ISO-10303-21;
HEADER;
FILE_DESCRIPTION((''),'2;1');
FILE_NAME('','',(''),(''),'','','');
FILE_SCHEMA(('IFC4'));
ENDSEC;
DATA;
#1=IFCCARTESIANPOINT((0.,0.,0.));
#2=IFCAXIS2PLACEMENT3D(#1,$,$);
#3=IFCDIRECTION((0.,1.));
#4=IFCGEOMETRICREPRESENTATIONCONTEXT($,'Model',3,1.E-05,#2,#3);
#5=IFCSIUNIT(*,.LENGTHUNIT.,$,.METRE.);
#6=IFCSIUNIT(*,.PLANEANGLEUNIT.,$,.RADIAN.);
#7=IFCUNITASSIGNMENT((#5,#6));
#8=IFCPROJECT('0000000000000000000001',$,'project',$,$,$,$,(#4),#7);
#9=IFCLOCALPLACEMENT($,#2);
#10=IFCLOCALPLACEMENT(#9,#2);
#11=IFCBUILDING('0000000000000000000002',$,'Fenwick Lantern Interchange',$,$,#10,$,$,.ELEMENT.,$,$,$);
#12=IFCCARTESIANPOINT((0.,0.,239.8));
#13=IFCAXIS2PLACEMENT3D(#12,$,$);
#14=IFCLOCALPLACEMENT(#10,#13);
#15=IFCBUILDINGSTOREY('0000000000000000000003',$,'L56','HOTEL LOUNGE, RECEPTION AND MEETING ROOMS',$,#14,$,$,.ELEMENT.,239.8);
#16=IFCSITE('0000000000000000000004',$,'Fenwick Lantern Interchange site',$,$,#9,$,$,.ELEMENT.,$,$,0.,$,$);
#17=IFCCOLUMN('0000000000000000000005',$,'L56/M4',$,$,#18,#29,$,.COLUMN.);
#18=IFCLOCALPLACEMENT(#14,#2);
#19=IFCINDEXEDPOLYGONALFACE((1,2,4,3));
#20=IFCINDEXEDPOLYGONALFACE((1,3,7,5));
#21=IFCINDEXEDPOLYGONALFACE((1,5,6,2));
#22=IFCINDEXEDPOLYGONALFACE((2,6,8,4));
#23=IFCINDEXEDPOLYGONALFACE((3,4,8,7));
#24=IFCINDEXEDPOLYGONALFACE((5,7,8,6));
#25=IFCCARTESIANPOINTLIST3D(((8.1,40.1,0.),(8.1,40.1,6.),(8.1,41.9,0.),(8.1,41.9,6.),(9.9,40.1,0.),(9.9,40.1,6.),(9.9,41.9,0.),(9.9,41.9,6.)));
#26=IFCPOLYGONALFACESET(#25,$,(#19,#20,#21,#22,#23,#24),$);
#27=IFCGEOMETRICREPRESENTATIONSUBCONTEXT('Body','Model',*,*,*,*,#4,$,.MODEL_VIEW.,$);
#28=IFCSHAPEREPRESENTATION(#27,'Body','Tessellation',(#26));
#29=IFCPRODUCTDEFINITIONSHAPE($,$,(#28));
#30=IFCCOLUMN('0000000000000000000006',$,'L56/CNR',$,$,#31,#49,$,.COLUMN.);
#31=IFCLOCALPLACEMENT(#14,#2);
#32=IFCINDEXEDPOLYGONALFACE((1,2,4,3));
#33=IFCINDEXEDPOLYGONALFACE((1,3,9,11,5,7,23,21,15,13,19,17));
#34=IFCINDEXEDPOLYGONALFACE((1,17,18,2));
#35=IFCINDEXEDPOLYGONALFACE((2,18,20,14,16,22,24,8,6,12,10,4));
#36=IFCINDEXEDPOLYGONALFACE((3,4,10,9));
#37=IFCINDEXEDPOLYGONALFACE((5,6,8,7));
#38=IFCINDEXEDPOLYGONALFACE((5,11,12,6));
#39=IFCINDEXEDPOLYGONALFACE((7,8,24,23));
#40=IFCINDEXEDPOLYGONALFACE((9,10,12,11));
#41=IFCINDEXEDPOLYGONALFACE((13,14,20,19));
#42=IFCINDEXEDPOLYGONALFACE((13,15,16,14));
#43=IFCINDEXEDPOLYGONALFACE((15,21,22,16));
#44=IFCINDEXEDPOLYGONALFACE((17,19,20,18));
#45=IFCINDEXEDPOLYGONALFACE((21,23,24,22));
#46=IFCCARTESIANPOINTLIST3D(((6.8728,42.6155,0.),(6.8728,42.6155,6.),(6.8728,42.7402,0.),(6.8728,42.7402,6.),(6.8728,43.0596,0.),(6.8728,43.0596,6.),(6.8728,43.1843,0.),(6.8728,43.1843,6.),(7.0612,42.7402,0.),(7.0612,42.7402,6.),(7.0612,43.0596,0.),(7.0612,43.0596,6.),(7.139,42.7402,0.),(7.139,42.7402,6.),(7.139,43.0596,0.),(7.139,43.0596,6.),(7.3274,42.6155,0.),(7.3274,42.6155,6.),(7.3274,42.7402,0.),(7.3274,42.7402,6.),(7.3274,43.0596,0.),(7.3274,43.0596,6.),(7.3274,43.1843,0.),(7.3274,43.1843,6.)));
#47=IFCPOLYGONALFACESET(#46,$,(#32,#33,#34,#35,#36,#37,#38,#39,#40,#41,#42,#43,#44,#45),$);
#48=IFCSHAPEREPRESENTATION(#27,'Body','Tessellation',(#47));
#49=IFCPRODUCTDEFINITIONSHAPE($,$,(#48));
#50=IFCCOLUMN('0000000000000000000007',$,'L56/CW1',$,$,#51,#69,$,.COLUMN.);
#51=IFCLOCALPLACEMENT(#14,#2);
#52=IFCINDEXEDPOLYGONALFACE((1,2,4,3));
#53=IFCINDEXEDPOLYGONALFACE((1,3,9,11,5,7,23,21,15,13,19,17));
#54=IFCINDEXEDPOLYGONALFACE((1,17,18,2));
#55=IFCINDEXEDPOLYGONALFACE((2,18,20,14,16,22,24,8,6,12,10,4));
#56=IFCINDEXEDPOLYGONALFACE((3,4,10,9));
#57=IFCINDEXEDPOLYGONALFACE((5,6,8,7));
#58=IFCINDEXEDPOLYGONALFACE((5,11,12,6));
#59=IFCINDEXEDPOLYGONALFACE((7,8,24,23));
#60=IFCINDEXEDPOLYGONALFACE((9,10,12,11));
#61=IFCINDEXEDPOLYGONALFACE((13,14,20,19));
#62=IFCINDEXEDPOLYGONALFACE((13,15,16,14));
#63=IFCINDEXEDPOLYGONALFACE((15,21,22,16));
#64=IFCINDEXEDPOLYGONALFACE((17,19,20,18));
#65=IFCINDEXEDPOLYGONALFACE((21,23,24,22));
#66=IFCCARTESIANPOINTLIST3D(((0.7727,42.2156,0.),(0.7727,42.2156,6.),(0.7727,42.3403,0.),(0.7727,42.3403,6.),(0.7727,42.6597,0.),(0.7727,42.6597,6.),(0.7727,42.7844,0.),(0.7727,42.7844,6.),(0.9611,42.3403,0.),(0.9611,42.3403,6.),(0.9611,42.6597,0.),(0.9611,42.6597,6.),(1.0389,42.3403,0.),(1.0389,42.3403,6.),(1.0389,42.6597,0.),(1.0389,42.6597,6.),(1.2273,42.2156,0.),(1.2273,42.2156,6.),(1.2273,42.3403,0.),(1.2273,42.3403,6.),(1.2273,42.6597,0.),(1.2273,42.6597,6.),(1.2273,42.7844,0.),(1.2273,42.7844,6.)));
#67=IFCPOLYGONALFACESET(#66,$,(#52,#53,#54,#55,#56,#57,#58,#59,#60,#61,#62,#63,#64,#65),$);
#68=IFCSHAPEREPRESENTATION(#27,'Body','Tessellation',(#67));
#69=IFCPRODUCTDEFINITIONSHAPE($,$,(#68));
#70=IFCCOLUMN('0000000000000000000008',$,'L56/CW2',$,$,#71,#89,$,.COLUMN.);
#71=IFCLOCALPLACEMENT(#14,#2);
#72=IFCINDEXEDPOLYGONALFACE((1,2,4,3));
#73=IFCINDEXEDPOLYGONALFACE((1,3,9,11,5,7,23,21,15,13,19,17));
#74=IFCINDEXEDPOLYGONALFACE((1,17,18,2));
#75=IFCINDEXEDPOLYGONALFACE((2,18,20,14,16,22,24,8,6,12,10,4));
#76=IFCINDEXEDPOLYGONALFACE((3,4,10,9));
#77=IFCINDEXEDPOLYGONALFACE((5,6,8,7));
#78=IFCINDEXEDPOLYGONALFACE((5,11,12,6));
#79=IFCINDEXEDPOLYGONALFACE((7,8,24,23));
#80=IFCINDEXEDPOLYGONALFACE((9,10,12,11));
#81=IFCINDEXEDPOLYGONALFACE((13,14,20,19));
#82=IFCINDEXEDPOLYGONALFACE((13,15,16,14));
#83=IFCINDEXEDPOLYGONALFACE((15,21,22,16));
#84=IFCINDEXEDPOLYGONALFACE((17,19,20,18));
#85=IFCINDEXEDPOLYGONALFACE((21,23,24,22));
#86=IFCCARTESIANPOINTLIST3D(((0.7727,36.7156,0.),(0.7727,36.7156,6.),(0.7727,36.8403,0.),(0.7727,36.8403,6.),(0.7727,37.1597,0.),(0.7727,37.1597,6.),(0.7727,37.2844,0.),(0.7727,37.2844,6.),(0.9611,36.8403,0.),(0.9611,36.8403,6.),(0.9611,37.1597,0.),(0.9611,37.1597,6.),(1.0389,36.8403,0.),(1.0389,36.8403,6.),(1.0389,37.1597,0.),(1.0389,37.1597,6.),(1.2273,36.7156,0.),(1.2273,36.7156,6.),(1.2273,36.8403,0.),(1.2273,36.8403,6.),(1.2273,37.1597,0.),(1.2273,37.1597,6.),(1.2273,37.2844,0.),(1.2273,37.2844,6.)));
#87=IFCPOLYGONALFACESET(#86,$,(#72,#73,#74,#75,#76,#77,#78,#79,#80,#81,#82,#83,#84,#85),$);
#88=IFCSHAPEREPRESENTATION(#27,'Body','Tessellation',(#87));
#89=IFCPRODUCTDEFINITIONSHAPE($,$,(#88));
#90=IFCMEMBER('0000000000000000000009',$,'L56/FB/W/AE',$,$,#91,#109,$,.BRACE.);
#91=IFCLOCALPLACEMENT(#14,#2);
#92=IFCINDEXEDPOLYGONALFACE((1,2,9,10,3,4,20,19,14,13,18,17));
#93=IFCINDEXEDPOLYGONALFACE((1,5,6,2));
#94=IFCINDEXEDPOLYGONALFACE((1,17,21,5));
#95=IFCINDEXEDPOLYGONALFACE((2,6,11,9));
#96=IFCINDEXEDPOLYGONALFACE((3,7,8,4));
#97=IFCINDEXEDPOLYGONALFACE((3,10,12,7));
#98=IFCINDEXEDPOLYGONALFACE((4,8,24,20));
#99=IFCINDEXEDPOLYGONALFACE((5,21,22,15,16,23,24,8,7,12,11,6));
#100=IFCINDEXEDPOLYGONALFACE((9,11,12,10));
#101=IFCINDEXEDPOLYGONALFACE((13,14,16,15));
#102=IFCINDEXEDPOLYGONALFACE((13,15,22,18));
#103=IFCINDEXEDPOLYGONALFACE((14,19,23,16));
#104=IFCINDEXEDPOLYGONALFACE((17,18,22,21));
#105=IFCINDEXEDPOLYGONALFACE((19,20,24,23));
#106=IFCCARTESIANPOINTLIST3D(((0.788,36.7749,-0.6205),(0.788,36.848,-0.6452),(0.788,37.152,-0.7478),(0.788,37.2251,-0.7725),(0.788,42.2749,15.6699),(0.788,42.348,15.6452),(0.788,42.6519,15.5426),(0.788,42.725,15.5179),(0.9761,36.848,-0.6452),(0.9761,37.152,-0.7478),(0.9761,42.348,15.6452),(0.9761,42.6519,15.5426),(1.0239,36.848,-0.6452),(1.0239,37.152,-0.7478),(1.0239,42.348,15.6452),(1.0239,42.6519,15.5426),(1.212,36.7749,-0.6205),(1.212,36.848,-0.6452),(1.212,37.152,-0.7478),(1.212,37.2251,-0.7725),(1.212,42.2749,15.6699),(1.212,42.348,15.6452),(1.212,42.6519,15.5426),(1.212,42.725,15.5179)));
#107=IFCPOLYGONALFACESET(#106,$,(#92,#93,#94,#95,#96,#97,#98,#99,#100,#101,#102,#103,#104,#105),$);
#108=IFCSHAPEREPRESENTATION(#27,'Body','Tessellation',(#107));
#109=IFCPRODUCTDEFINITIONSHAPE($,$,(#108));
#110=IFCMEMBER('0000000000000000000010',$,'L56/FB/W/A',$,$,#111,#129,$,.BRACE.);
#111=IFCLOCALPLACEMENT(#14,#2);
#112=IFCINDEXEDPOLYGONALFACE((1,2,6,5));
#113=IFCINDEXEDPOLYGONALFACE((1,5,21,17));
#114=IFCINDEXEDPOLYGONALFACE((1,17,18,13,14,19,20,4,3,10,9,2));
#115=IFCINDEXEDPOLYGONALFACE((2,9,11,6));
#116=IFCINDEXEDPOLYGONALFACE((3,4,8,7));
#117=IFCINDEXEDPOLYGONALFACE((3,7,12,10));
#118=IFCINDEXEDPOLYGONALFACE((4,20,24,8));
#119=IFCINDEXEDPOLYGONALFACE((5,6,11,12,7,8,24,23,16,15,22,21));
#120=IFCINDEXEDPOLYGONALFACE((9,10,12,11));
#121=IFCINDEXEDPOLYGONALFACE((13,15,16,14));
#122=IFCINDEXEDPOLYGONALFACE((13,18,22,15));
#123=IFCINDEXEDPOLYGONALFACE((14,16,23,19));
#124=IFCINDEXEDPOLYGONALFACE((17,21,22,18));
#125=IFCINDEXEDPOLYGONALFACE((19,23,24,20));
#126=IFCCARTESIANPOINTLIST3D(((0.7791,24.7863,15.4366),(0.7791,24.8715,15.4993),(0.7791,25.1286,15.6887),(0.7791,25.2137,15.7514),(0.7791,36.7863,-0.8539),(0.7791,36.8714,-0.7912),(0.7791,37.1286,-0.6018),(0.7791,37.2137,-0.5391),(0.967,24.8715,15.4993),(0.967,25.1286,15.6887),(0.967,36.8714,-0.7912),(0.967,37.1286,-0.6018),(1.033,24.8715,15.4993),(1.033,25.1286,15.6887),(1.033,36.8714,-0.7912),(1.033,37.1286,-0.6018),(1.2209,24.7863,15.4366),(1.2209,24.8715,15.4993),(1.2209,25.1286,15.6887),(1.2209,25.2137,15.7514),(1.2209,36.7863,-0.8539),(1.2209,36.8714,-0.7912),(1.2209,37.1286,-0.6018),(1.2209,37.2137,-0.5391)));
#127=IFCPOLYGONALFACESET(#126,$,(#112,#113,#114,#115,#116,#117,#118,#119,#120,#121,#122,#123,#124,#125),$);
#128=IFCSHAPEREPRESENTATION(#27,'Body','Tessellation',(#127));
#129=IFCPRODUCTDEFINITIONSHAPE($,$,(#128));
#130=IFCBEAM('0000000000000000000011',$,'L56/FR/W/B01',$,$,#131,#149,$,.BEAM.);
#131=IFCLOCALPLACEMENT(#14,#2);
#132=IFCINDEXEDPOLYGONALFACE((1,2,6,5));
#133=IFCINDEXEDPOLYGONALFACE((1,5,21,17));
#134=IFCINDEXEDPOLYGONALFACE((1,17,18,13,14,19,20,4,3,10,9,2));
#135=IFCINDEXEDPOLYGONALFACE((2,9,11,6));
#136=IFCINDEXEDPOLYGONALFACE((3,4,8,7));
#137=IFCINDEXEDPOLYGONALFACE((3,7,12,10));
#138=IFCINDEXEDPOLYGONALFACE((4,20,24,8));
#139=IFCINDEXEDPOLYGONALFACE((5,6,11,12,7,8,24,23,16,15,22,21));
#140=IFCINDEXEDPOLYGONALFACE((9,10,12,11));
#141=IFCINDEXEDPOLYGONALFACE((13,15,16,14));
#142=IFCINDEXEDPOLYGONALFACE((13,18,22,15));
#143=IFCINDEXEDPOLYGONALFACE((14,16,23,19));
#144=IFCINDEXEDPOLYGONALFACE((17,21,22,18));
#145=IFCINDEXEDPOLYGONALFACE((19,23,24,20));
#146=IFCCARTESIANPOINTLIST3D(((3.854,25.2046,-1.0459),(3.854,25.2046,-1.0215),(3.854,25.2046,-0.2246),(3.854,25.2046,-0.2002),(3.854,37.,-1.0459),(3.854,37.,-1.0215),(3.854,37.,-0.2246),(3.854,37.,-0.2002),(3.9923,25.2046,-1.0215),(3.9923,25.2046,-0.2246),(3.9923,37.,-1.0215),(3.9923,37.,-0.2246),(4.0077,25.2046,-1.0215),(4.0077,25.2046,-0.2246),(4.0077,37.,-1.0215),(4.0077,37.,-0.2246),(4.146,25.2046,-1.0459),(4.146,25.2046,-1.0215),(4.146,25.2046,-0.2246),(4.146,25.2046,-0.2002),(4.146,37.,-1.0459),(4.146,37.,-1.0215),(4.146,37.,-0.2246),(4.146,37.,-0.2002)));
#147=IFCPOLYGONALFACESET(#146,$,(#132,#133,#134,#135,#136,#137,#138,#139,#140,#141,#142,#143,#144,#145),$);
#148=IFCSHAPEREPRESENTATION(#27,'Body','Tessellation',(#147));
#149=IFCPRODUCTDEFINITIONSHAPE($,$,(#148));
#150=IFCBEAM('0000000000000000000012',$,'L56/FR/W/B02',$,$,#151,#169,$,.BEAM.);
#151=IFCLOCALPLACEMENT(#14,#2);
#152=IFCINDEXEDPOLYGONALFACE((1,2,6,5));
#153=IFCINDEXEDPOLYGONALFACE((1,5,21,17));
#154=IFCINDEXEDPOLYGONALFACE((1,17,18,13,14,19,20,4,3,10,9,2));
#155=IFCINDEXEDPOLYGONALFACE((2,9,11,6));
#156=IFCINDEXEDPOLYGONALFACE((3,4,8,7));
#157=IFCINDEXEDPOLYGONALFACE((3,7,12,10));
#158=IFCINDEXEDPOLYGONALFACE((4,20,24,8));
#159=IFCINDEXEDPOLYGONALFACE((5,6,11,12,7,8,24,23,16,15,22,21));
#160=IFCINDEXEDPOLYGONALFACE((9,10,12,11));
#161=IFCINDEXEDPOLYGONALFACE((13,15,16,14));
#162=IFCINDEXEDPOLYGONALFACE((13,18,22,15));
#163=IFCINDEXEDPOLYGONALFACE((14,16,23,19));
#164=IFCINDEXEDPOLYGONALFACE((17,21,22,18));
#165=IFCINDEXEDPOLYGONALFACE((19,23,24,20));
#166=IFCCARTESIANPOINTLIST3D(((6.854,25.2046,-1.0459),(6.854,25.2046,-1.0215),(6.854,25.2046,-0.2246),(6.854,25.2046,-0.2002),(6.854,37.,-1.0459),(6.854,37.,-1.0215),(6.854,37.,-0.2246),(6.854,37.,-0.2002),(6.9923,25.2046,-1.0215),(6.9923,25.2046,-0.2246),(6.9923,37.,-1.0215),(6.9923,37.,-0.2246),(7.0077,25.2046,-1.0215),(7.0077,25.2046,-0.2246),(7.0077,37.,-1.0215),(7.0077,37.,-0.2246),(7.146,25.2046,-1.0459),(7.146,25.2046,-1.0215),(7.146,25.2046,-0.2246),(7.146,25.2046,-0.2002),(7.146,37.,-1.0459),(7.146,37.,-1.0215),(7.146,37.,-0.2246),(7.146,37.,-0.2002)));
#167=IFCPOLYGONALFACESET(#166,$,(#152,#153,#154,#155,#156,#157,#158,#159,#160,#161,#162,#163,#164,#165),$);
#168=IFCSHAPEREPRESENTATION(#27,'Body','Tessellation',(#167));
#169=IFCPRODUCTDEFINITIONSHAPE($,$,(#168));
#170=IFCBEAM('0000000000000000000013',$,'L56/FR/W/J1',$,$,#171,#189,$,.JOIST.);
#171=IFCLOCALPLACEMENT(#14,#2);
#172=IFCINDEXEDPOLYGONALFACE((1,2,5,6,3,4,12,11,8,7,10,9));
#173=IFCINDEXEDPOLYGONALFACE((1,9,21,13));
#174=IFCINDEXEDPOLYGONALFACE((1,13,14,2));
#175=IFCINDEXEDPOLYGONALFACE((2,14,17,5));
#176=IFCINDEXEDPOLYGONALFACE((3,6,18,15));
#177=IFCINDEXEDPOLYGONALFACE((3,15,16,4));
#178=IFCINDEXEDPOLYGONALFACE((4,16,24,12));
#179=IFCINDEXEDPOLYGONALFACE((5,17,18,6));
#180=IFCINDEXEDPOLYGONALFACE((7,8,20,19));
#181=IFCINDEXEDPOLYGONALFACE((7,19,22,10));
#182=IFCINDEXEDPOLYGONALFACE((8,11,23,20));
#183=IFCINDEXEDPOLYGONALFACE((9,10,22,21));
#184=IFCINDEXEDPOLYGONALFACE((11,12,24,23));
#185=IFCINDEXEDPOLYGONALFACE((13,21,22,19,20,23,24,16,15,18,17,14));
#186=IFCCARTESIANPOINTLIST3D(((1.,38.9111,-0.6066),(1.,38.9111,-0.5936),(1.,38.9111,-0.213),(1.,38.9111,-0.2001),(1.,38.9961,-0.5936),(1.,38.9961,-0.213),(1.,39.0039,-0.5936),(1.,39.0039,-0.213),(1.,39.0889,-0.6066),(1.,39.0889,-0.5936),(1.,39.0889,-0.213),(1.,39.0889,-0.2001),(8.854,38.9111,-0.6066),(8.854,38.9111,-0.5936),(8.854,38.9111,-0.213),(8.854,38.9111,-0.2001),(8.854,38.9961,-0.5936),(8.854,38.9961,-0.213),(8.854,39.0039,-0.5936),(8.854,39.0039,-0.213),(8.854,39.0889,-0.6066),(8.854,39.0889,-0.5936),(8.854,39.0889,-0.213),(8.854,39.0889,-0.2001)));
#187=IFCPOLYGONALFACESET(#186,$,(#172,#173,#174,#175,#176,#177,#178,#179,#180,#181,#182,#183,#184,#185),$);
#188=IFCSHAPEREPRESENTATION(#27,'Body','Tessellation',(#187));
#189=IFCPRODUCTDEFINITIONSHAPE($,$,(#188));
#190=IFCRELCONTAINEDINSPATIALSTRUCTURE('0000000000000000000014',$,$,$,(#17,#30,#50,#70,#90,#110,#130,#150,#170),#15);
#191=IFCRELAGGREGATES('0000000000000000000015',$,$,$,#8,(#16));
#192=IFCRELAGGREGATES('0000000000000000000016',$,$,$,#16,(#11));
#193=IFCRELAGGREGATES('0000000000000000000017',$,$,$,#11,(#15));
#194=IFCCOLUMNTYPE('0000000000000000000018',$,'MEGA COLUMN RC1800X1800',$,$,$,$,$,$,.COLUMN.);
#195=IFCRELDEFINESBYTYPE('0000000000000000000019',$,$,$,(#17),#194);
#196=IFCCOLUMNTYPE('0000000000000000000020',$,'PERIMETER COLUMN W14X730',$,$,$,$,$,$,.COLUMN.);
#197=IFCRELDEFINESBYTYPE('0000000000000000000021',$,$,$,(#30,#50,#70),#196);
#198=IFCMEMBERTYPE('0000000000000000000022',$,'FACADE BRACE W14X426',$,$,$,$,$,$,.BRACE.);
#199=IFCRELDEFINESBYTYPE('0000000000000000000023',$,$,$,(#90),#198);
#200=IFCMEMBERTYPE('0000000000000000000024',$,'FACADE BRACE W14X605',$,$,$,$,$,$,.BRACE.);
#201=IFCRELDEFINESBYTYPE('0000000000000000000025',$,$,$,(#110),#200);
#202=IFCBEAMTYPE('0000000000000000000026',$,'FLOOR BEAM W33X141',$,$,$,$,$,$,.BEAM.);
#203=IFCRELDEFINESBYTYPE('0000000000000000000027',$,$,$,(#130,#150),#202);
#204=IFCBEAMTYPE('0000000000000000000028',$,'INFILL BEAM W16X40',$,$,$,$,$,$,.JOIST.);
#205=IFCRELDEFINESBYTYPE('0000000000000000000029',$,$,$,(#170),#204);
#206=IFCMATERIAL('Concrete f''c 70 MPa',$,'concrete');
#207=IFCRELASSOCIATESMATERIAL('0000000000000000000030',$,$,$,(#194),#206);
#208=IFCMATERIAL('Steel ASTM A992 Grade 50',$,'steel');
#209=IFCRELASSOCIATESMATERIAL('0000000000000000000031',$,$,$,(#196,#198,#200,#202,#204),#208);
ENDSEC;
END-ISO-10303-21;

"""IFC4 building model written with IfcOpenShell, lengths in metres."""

from ifc_helpers import new_model, si_unit, direction, frame, origin, origin_2d, place, context, subcontext, project, spatial, rectangle, i_section, extrude, material, material_profile, profile_set, type_object, element, save


model = new_model("IFC4")

# Units and contexts
model_context = context("Model", 3, precision=1e-05, world=origin(), true_north=direction((0.0, 1.0)))
body_context = subcontext(model_context, "Body", "Model", "MODEL_VIEW")
ifc_project = project(units=[si_unit("LENGTHUNIT", "METRE"), si_unit("PLANEANGLEUNIT", "RADIAN")], contexts=[model_context])

# Site, building, storey
site_placement = place(None, origin())
site = spatial("IfcSite", under=ifc_project, at=site_placement, Name="Fenwick Lantern Interchange site", CompositionType="ELEMENT", RefElevation=0.0)
building_placement = place(site_placement, origin())
building = spatial("IfcBuilding", under=site, at=building_placement, Name="Fenwick Lantern Interchange", CompositionType="ELEMENT")
storey_placement = place(building_placement, frame((0.0, 0.0, 239.8)))
storey = spatial("IfcBuildingStorey", under=building, at=storey_placement, Name="L56", Description="HOTEL LOUNGE, RECEPTION AND MEETING ROOMS", CompositionType="ELEMENT", Elevation=239.8)

# Columns
ifc_material_1 = material(Name="Concrete f'c 70 MPa", Category="concrete")
ifc_material_profile_1 = material_profile(ifc_material_1, rectangle(XDim=1.8, YDim=1.8, at=origin_2d()), Name="RC1800X1800")
ifc_profile_set_1 = profile_set([ifc_material_profile_1], Name="Concrete f'c 70 MPa")
column_type_1 = type_object("IfcColumnType", Name="MEGA COLUMN RC1800X1800", PredefinedType="COLUMN", material=ifc_profile_set_1)
column_placement = place(storey_placement, frame((9.0, 41.0, 0.0), z_axis=(0.0, 0.0, 1.0), x_axis=(1.0, 0.0, 0.0)))
element("IfcColumn", 1, at=column_placement, inside=storey, type_object=column_type_1, Name="L56/M4", PredefinedType="COLUMN", context=body_context, shape_type="SweptSolid", body=[
    extrude(rectangle(XDim=1.8, YDim=1.8, at=origin_2d()), origin(), (0.0, 0.0, 1.0), 6.0),
])
ifc_material_2 = material(Name="Steel ASTM A992 Grade 50", Category="steel")
ifc_material_profile_2 = material_profile(ifc_material_2, i_section(OverallWidth=0.4546, OverallDepth=0.5688, WebThickness=0.0779, FlangeThickness=0.1248, at=origin_2d()), Name="W14X730")
ifc_profile_set_2 = profile_set([ifc_material_profile_2], Name="Steel ASTM A992 Grade 50")
column_type_2 = type_object("IfcColumnType", Name="PERIMETER COLUMN W14X730", PredefinedType="COLUMN", material=ifc_profile_set_2)
for number, where, z_axis, x_axis, name in (
    (2, (7.1001, 42.8999, 0.0), (0.0, 0.0, 1.0), (1.0, 0.0, 0.0), "L56/CNR"),
    (3, (1.0, 42.5, 0.0), (0.0, 0.0, 1.0), (1.0, 0.0, 0.0), "L56/CW1"),
    (4, (1.0, 37.0, 0.0), (0.0, 0.0, 1.0), (1.0, 0.0, 0.0), "L56/CW2"),
):
    element("IfcColumn", number, at=place(storey_placement, frame(where, z_axis=z_axis, x_axis=x_axis)), inside=storey, type_object=column_type_2, Name=name, PredefinedType="COLUMN", context=body_context, shape_type="SweptSolid", body=[
        extrude(i_section(OverallWidth=0.4546, OverallDepth=0.5688, WebThickness=0.0779, FlangeThickness=0.1248, at=origin_2d()), origin(), (0.0, 0.0, 1.0), 6.0),
    ])

# Members
ifc_material_profile_3 = material_profile(ifc_material_2, i_section(OverallWidth=0.4241, OverallDepth=0.4751, WebThickness=0.0479, FlangeThickness=0.0771, at=origin_2d()), Name="W14X426")
ifc_profile_set_3 = profile_set([ifc_material_profile_3], Name="Steel ASTM A992 Grade 50")
member_type_1 = type_object("IfcMemberType", Name="FACADE BRACE W14X426", PredefinedType="BRACE", material=ifc_profile_set_3)
member_1_placement = place(storey_placement, frame((1.0, 37.0, -0.6965), z_axis=(0.0, 0.31988, 0.947458), x_axis=(-1.0, 0.0, 0.0)))
element("IfcMember", 5, at=member_1_placement, inside=storey, type_object=member_type_1, Name="L56/FB/W/AE", PredefinedType="BRACE", context=body_context, shape_type="SweptSolid", body=[
    extrude(i_section(OverallWidth=0.4241, OverallDepth=0.4751, WebThickness=0.0479, FlangeThickness=0.0771, at=origin_2d()), origin(), (0.0, 0.0, 1.0), 17.1938),
])
ifc_material_profile_4 = material_profile(ifc_material_2, i_section(OverallWidth=0.4419, OverallDepth=0.5308, WebThickness=0.0659, FlangeThickness=0.1057, at=origin_2d()), Name="W14X605")
ifc_profile_set_4 = profile_set([ifc_material_profile_4], Name="Steel ASTM A992 Grade 50")
member_type_2 = type_object("IfcMemberType", Name="FACADE BRACE W14X605", PredefinedType="BRACE", material=ifc_profile_set_4)
member_2_placement = place(storey_placement, frame((1.0, 37.0, -0.6965), z_axis=(0.0, -0.593085, 0.80514), x_axis=(1.0, 0.0, 0.0)))
element("IfcMember", 6, at=member_2_placement, inside=storey, type_object=member_type_2, Name="L56/FB/W/A", PredefinedType="BRACE", context=body_context, shape_type="SweptSolid", body=[
    extrude(i_section(OverallWidth=0.4419, OverallDepth=0.5308, WebThickness=0.0659, FlangeThickness=0.1057, at=origin_2d()), origin(), (0.0, 0.0, 1.0), 20.2332),
])

# Beams
ifc_material_profile_5 = material_profile(ifc_material_2, i_section(OverallWidth=0.292, OverallDepth=0.8457, WebThickness=0.0154, FlangeThickness=0.0244, at=origin_2d()), Name="W33X141")
ifc_profile_set_5 = profile_set([ifc_material_profile_5], Name="Steel ASTM A992 Grade 50")
beam_type_1 = type_object("IfcBeamType", Name="FLOOR BEAM W33X141", PredefinedType="BEAM", material=ifc_profile_set_5)
for number, where, z_axis, x_axis, name in (
    (7, (4.0, 37.0, -0.623), (0.0, -1.0, 0.0), (1.0, 0.0, 0.0), "L56/FR/W/B01"),
    (8, (7.0, 37.0, -0.623), (0.0, -1.0, 0.0), (1.0, 0.0, 0.0), "L56/FR/W/B02"),
):
    element("IfcBeam", number, at=place(storey_placement, frame(where, z_axis=z_axis, x_axis=x_axis)), inside=storey, type_object=beam_type_1, Name=name, PredefinedType="BEAM", context=body_context, shape_type="SweptSolid", body=[
        extrude(i_section(OverallWidth=0.292, OverallDepth=0.8457, WebThickness=0.0154, FlangeThickness=0.0244, at=origin_2d()), origin(), (0.0, 0.0, 1.0), 11.7954),
    ])
ifc_material_profile_6 = material_profile(ifc_material_2, i_section(OverallWidth=0.1777, OverallDepth=0.4065, WebThickness=0.0078, FlangeThickness=0.0129, at=origin_2d()), Name="W16X40")
ifc_profile_set_6 = profile_set([ifc_material_profile_6], Name="Steel ASTM A992 Grade 50")
beam_type_2 = type_object("IfcBeamType", Name="INFILL BEAM W16X40", PredefinedType="JOIST", material=ifc_profile_set_6)
beam_1_placement = place(storey_placement, frame((1.0, 39.0, -0.4033), z_axis=(1.0, 0.0, 0.0), x_axis=(0.0, 1.0, 0.0)))
element("IfcBeam", 9, at=beam_1_placement, inside=storey, type_object=beam_type_2, Name="L56/FR/W/J1", PredefinedType="JOIST", context=body_context, shape_type="SweptSolid", body=[
    extrude(i_section(OverallWidth=0.1777, OverallDepth=0.4065, WebThickness=0.0078, FlangeThickness=0.0129, at=origin_2d()), origin(), (0.0, 0.0, 1.0), 7.854),
])

save(model, "model.ifc")
